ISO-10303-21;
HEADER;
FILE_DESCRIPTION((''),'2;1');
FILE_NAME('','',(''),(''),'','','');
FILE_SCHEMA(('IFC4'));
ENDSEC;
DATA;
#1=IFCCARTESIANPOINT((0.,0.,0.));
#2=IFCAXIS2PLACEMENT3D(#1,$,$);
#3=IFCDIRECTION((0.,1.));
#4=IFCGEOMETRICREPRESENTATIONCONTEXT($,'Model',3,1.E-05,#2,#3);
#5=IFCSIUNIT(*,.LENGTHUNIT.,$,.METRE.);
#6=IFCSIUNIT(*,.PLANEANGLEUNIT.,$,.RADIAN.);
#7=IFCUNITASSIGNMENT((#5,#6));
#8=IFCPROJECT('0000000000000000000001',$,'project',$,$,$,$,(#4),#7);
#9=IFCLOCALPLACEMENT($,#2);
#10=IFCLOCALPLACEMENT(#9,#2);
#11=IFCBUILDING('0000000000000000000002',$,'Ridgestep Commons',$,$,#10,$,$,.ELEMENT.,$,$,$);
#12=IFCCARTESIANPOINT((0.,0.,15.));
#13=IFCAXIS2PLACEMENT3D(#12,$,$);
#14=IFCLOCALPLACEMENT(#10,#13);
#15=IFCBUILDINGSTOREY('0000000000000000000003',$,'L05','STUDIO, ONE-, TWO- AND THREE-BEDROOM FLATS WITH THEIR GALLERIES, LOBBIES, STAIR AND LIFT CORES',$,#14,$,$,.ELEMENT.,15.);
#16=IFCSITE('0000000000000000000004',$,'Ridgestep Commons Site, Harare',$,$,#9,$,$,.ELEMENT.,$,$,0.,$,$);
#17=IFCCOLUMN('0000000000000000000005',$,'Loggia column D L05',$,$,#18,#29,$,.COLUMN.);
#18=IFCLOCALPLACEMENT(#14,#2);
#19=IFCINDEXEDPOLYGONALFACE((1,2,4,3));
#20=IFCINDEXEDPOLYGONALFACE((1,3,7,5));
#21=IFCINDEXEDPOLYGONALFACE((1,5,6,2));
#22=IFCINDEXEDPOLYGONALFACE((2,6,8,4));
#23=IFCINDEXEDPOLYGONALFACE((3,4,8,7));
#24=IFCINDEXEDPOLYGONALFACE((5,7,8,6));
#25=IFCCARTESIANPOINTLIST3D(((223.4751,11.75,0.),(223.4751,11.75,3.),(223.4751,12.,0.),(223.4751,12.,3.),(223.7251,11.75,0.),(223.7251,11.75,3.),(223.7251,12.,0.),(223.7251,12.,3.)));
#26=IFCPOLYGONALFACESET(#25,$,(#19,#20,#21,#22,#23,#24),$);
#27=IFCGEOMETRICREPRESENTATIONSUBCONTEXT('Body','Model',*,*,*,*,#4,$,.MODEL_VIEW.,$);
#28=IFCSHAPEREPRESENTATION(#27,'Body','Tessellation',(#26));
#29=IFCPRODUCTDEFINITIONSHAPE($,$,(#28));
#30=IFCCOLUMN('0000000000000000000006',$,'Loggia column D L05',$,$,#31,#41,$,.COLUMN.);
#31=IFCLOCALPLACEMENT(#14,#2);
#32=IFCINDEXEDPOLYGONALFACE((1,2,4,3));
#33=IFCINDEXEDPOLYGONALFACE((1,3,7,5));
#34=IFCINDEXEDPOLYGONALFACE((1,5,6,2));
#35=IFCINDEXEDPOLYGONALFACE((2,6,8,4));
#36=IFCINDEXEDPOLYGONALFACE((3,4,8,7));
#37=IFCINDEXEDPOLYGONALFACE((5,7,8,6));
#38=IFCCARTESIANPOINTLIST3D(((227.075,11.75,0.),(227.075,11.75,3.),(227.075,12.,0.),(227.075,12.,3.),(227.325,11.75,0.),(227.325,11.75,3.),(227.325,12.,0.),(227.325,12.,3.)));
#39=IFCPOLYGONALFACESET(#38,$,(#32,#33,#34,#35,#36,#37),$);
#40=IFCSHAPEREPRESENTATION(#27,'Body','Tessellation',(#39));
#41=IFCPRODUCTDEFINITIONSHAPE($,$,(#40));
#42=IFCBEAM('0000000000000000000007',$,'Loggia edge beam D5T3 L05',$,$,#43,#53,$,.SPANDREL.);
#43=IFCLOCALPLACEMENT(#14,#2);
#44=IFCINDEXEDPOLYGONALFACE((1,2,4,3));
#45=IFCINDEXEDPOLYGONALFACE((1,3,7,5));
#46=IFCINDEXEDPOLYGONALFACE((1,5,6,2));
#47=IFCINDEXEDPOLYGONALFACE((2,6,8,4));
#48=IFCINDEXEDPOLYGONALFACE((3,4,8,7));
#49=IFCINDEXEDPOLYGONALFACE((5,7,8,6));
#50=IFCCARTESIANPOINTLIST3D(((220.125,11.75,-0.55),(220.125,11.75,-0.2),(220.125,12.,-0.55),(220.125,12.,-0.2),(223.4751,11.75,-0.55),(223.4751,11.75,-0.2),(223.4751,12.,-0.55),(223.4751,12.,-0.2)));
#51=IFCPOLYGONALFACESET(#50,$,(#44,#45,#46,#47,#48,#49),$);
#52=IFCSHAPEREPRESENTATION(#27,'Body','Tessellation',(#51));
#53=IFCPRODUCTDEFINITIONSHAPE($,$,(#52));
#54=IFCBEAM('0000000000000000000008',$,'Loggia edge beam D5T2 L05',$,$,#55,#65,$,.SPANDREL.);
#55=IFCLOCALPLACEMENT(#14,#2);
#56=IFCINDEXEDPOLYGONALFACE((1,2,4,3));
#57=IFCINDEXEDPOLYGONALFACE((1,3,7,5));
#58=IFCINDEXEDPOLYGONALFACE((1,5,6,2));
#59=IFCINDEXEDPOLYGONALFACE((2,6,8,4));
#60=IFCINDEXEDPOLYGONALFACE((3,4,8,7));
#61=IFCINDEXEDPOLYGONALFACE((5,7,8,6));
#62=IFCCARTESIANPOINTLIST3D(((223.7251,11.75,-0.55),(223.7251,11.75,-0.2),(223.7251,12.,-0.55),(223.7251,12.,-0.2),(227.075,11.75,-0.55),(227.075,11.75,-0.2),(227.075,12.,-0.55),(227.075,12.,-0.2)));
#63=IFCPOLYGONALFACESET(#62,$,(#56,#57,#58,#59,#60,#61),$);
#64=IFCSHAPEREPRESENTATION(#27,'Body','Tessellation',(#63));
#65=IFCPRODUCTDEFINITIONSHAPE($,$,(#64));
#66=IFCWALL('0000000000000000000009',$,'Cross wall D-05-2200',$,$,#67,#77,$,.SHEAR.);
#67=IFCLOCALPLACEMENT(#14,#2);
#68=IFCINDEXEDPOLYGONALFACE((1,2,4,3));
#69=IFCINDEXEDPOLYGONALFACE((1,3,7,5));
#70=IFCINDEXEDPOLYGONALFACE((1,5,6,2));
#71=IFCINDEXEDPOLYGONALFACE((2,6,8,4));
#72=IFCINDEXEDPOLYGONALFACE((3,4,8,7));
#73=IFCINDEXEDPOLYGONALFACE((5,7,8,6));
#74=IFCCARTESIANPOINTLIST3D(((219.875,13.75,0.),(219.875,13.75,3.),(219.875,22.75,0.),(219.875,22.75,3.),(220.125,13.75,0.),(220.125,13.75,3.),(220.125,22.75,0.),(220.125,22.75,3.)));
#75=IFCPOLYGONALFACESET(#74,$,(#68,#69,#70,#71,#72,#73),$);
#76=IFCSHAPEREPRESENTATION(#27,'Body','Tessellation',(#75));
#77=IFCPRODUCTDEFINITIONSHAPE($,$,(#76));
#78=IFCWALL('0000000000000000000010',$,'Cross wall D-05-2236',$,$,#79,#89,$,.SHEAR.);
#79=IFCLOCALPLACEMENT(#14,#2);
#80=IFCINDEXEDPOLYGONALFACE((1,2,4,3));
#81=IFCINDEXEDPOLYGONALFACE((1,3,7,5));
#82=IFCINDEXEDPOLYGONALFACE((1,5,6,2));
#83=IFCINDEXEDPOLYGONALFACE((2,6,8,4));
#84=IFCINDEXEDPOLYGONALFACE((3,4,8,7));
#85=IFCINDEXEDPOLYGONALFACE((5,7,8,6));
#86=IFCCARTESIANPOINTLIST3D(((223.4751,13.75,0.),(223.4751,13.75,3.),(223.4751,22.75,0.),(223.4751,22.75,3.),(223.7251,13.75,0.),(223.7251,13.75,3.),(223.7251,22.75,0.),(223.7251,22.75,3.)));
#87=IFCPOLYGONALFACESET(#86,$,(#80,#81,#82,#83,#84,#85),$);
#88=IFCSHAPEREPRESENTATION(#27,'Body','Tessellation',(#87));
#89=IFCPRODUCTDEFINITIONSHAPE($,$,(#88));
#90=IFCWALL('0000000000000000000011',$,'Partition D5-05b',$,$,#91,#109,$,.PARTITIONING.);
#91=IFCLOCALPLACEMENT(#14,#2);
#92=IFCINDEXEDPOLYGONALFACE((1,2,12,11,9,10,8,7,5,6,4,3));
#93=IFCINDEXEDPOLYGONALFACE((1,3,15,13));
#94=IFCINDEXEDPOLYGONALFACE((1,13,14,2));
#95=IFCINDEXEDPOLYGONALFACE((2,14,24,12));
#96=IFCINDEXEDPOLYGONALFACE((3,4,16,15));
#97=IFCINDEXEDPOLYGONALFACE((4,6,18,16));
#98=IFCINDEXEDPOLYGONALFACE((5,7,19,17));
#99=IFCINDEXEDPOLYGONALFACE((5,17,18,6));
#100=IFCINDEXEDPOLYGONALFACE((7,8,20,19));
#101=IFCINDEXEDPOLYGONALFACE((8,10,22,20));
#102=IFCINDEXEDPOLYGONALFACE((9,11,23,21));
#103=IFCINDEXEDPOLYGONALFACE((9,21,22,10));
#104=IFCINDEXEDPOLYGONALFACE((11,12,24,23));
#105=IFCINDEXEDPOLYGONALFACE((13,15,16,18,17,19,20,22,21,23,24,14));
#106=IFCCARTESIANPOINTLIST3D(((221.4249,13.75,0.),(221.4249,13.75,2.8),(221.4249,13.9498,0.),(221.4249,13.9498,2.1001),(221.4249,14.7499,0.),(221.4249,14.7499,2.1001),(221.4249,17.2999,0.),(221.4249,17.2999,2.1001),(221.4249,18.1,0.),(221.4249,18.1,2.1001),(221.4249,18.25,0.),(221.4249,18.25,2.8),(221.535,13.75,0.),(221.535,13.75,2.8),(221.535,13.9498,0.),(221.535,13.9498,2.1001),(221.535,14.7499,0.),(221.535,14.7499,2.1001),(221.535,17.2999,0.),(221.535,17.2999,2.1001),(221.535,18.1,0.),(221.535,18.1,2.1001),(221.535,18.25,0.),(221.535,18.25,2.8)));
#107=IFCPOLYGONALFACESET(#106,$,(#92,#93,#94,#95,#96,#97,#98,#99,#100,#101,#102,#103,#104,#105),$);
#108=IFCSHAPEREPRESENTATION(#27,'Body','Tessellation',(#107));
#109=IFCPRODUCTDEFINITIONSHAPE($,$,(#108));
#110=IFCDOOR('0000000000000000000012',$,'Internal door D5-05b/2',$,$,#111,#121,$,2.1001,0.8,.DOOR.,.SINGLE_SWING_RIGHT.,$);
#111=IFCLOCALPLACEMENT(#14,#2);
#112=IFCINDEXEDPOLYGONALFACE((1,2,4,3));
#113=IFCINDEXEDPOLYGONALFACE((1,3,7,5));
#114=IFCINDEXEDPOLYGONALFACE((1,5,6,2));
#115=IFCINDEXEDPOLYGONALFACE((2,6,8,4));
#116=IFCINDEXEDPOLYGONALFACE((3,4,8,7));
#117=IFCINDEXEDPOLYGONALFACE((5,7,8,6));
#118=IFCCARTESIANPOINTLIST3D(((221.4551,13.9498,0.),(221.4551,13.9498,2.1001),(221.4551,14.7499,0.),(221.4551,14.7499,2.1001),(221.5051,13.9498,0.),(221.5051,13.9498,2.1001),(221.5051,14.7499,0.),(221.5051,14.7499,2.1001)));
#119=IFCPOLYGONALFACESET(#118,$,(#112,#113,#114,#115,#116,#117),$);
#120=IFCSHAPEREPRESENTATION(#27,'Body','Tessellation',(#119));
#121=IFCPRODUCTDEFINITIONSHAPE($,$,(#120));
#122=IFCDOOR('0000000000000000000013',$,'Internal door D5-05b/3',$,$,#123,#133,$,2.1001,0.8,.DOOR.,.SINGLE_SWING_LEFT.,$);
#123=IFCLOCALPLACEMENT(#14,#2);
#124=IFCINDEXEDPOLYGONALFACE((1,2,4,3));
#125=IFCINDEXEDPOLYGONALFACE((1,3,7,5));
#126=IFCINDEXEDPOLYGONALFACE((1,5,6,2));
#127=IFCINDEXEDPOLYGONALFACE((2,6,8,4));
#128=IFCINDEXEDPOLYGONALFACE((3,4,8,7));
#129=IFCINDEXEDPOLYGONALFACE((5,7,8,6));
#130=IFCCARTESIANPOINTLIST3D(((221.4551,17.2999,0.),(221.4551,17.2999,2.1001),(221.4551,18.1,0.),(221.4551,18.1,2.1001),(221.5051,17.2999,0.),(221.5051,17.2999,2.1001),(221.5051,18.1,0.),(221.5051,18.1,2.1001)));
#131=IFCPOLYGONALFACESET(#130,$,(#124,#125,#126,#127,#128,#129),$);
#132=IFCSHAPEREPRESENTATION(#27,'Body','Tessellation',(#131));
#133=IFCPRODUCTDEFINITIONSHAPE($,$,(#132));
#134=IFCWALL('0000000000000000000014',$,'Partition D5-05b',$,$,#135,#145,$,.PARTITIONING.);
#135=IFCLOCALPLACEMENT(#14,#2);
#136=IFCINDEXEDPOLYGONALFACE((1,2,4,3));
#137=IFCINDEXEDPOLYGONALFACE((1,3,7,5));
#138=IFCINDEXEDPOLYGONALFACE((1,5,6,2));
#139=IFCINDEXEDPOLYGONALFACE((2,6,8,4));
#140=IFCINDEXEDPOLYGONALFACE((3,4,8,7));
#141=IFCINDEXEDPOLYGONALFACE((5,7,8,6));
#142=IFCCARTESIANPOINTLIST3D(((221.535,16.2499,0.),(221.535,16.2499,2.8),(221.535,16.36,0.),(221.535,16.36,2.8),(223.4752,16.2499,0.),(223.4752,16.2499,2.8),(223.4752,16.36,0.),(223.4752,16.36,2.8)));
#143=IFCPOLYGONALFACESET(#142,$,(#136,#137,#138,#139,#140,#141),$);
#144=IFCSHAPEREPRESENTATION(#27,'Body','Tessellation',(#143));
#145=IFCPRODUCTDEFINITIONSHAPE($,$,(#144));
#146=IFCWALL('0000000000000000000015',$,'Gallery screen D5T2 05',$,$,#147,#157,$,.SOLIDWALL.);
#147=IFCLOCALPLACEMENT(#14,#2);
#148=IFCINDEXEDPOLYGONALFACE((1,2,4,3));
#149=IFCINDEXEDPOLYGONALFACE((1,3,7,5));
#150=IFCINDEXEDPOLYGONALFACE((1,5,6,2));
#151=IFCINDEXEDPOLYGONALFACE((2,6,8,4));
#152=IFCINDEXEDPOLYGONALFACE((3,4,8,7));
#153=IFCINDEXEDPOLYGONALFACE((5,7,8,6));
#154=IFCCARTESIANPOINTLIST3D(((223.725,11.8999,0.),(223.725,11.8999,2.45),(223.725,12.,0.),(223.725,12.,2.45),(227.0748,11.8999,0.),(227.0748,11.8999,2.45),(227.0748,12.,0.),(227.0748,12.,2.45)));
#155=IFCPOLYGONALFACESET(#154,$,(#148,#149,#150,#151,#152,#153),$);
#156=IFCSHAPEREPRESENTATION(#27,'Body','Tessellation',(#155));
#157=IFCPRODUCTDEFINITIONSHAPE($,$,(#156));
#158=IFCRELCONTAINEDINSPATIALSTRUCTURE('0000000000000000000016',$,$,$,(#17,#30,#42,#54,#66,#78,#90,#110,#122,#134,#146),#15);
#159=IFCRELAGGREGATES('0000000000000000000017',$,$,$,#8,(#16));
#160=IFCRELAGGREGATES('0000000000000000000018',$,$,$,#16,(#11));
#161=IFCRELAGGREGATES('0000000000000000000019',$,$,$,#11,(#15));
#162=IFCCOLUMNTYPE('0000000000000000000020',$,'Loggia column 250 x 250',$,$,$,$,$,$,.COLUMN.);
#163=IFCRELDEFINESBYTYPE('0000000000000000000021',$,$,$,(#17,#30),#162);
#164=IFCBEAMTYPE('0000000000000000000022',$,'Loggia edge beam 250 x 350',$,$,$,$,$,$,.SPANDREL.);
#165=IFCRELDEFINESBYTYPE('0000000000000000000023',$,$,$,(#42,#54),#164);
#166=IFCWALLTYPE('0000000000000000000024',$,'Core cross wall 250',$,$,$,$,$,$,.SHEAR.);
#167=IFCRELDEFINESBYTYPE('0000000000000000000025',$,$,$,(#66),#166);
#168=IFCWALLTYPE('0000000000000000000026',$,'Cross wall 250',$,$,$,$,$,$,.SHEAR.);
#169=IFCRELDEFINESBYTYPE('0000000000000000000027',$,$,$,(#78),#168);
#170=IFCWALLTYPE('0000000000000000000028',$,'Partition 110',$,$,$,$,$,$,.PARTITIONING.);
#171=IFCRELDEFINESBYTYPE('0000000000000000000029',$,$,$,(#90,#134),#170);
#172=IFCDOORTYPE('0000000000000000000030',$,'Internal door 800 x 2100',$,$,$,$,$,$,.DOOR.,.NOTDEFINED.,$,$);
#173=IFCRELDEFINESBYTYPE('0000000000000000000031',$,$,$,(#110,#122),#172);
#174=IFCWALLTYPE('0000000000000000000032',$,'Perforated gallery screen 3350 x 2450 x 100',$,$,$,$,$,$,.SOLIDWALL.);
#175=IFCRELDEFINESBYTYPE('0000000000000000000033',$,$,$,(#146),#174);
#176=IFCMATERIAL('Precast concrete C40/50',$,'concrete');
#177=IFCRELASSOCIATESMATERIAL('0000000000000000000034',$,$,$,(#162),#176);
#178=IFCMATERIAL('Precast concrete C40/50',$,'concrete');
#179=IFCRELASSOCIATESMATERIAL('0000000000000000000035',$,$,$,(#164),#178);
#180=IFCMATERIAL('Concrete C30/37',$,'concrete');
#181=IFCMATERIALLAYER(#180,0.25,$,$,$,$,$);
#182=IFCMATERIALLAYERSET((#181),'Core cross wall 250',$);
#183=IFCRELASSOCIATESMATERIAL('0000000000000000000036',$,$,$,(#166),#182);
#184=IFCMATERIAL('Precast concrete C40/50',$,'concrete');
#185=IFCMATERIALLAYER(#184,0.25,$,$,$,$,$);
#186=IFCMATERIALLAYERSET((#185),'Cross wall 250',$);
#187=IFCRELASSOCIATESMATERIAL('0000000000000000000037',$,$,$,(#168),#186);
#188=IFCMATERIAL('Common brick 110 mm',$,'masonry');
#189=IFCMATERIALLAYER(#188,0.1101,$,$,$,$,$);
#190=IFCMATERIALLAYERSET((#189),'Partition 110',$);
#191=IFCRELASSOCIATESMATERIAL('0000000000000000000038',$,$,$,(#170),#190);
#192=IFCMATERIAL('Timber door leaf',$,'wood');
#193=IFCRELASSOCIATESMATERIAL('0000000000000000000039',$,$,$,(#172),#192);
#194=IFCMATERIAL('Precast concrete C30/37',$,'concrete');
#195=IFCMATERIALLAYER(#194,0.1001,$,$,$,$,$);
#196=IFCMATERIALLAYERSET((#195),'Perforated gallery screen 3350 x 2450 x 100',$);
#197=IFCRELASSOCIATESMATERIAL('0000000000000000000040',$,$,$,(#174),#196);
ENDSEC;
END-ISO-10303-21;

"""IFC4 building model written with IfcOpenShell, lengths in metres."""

from ifc_helpers import new_model, si_unit, direction, frame, frame_2d, origin, origin_2d, place, context, subcontext, project, spatial, rectangle, extrude, material, layer, layer_set, material_profile, profile_set, type_object, element, fill, save


model = new_model("IFC4")

# Units and contexts
model_context = context("Model", 3, precision=1e-05, world=origin(), true_north=direction((0.0, 1.0)))
body_context = subcontext(model_context, "Body", "Model", "MODEL_VIEW")
ifc_project = project(units=[si_unit("LENGTHUNIT", "METRE"), si_unit("PLANEANGLEUNIT", "RADIAN")], contexts=[model_context])

# Site, building, storey
site_placement = place(None, origin())
site = spatial("IfcSite", under=ifc_project, at=site_placement, Name="Ridgestep Commons Site, Harare", CompositionType="ELEMENT", RefElevation=0.0)
building_placement = place(site_placement, origin())
building = spatial("IfcBuilding", under=site, at=building_placement, Name="Ridgestep Commons", CompositionType="ELEMENT")
storey_placement = place(building_placement, frame((0.0, 0.0, 15.0)))
storey = spatial("IfcBuildingStorey", under=building, at=storey_placement, Name="L05", Description="STUDIO, ONE-, TWO- AND THREE-BEDROOM FLATS WITH THEIR GALLERIES, LOBBIES, STAIR AND LIFT CORES", CompositionType="ELEMENT", Elevation=15.0)

# Columns
ifc_material_1 = material(Name="Precast concrete C40/50", Category="concrete")
ifc_material_profile_1 = material_profile(ifc_material_1, rectangle(XDim=0.25, YDim=0.25, at=origin_2d()), Name="PC 250x250")
ifc_profile_set_1 = profile_set([ifc_material_profile_1], Name="Precast concrete C40/50")
column_type = type_object("IfcColumnType", Name="Loggia column 250 x 250", PredefinedType="COLUMN", material=ifc_profile_set_1)
for number, where, z_axis, x_axis, name in (
    (1, (223.6001, 11.875, 0.0), (0.0, 0.0, 1.0), (1.0, 0.0, 0.0), "Loggia column D L05"),
    (2, (227.2, 11.875, 0.0), (0.0, 0.0, 1.0), (1.0, 0.0, 0.0), "Loggia column D L05"),
):
    element("IfcColumn", number, at=place(storey_placement, frame(where, z_axis=z_axis, x_axis=x_axis)), inside=storey, type_object=column_type, Name=name, PredefinedType="COLUMN", context=body_context, shape_type="SweptSolid", body=[
        extrude(rectangle(XDim=0.25, YDim=0.25, at=origin_2d()), origin(), (0.0, 0.0, 1.0), 3.0),
    ])

# Beams
ifc_material_2 = material(Name="Precast concrete C40/50", Category="concrete")
ifc_material_profile_2 = material_profile(ifc_material_2, rectangle(XDim=0.25, YDim=0.3501, at=origin_2d()), Name="PC 250x350")
ifc_profile_set_2 = profile_set([ifc_material_profile_2], Name="Precast concrete C40/50")
beam_type = type_object("IfcBeamType", Name="Loggia edge beam 250 x 350", PredefinedType="SPANDREL", material=ifc_profile_set_2)
beam_1_placement = place(storey_placement, frame((220.125, 11.875, -0.375), z_axis=(1.0, 0.0, 0.0), x_axis=(0.0, 1.0, 0.0)))
element("IfcBeam", 3, at=beam_1_placement, inside=storey, type_object=beam_type, Name="Loggia edge beam D5T3 L05", PredefinedType="SPANDREL", context=body_context, shape_type="SweptSolid", body=[
    extrude(rectangle(XDim=0.25, YDim=0.3501, at=origin_2d()), origin(), (0.0, 0.0, 1.0), 3.3501),
])
beam_2_placement = place(storey_placement, frame((223.7251, 11.875, -0.375), z_axis=(1.0, 0.0, 0.0), x_axis=(0.0, 1.0, 0.0)))
element("IfcBeam", 4, at=beam_2_placement, inside=storey, type_object=beam_type, Name="Loggia edge beam D5T2 L05", PredefinedType="SPANDREL", context=body_context, shape_type="SweptSolid", body=[
    extrude(rectangle(XDim=0.25, YDim=0.3501, at=origin_2d()), origin(), (0.0, 0.0, 1.0), 3.3499),
])

# Walls
ifc_material_3 = material(Name="Concrete C30/37", Category="concrete")
ifc_layer_1 = layer(ifc_material_3, 0.25)
ifc_layer_set_1 = layer_set([ifc_layer_1], Name="Core cross wall 250")
wall_type_1 = type_object("IfcWallType", Name="Core cross wall 250", PredefinedType="SHEAR", material=ifc_layer_set_1)
wall_1_placement = place(storey_placement, frame((220.0, 13.75, 0.0), z_axis=(0.0, 0.0, 1.0), x_axis=(0.0, 1.0, 0.0)))
element("IfcWall", 5, at=wall_1_placement, inside=storey, type_object=wall_type_1, Name="Cross wall D-05-2200", PredefinedType="SHEAR", context=body_context, shape_type="SweptSolid", body=[
    extrude(rectangle(XDim=9.0, YDim=0.25, at=frame_2d((4.5, 0.0))), origin(), (0.0, 0.0, 1.0), 3.0),
])
ifc_material_4 = material(Name="Precast concrete C40/50", Category="concrete")
ifc_layer_2 = layer(ifc_material_4, 0.25)
ifc_layer_set_2 = layer_set([ifc_layer_2], Name="Cross wall 250")
wall_type_2 = type_object("IfcWallType", Name="Cross wall 250", PredefinedType="SHEAR", material=ifc_layer_set_2)
wall_2_placement = place(storey_placement, frame((223.6001, 13.75, 0.0), z_axis=(0.0, 0.0, 1.0), x_axis=(0.0, 1.0, 0.0)))
element("IfcWall", 6, at=wall_2_placement, inside=storey, type_object=wall_type_2, Name="Cross wall D-05-2236", PredefinedType="SHEAR", context=body_context, shape_type="SweptSolid", body=[
    extrude(rectangle(XDim=9.0, YDim=0.25, at=frame_2d((4.5, 0.0))), origin(), (0.0, 0.0, 1.0), 3.0),
])

# Wall, openings, doors
ifc_material_5 = material(Name="Common brick 110 mm", Category="masonry")
ifc_layer_3 = layer(ifc_material_5, 0.1101)
ifc_layer_set_3 = layer_set([ifc_layer_3], Name="Partition 110")
wall_type_3 = type_object("IfcWallType", Name="Partition 110", PredefinedType="PARTITIONING", material=ifc_layer_set_3)
wall_3_placement = place(storey_placement, frame((221.48, 13.75, 0.0), z_axis=(0.0, 0.0, 1.0), x_axis=(0.0, 1.0, 0.0)))
wall_3 = element("IfcWall", 7, at=wall_3_placement, inside=storey, type_object=wall_type_3, Name="Partition D5-05b", PredefinedType="PARTITIONING", context=body_context, shape_type="SweptSolid", body=[
    extrude(rectangle(XDim=4.5, YDim=0.1101, at=frame_2d((2.25, 0.0))), origin(), (0.0, 0.0, 1.0), 2.8),
])
opening_1_placement = place(wall_3_placement, frame((0.2, 0.0, 0.0)))
opening_1 = element("IfcOpeningElement", 8, at=opening_1_placement, cuts=wall_3, PredefinedType="OPENING", context=body_context, shape_type="SweptSolid", body=[
    extrude(rectangle(XDim=0.8, YDim=2.1001, at=frame_2d((0.3999, 1.05))), frame((0.0, 0.0649, 0.0), z_axis=(0.0, -1.0, 0.0), x_axis=(1.0, 0.0, 0.0)), (0.0, 0.0, 1.0), 0.1301),
])
opening_2_placement = place(wall_3_placement, frame((3.55, 0.0, 0.0)))
opening_2 = element("IfcOpeningElement", 9, at=opening_2_placement, cuts=wall_3, PredefinedType="OPENING", context=body_context, shape_type="SweptSolid", body=[
    extrude(rectangle(XDim=0.8, YDim=2.1001, at=frame_2d((0.3999, 1.05))), frame((0.0, 0.0649, 0.0), z_axis=(0.0, -1.0, 0.0), x_axis=(1.0, 0.0, 0.0)), (0.0, 0.0, 1.0), 0.1301),
])
ifc_material_6 = material(Name="Timber door leaf", Category="wood")
door_type_1 = type_object("IfcDoorType", Name="Internal door 800 x 2100", OperationType="NOTDEFINED", PredefinedType="DOOR", material=ifc_material_6)
door_1_placement = place(opening_1_placement, origin())
door_1 = element("IfcDoor", 10, at=door_1_placement, inside=storey, type_object=door_type_1, Name="Internal door D5-05b/2", OperationType="SINGLE_SWING_RIGHT", OverallHeight=2.1001, OverallWidth=0.8, PredefinedType="DOOR", context=body_context, shape_type="SweptSolid", body=[
    extrude(rectangle(XDim=0.8, YDim=2.1001, at=frame_2d((0.3999, 1.05))), frame((0.0, 0.0249, 0.0), z_axis=(0.0, -1.0, 0.0), x_axis=(1.0, 0.0, 0.0)), (0.0, 0.0, 1.0), 0.05),
])
fill(opening_1, door_1)
door_2_placement = place(opening_2_placement, origin())
door_2 = element("IfcDoor", 11, at=door_2_placement, inside=storey, type_object=door_type_1, Name="Internal door D5-05b/3", OperationType="SINGLE_SWING_LEFT", OverallHeight=2.1001, OverallWidth=0.8, PredefinedType="DOOR", context=body_context, shape_type="SweptSolid", body=[
    extrude(rectangle(XDim=0.8, YDim=2.1001, at=frame_2d((0.3999, 1.05))), frame((0.0, 0.0249, 0.0), z_axis=(0.0, -1.0, 0.0), x_axis=(1.0, 0.0, 0.0)), (0.0, 0.0, 1.0), 0.05),
])
fill(opening_2, door_2)

# Walls
wall_4_placement = place(storey_placement, frame((221.5349, 16.3049, 0.0), z_axis=(0.0, 0.0, 1.0), x_axis=(1.0, 0.0, 0.0)))
element("IfcWall", 12, at=wall_4_placement, inside=storey, type_object=wall_type_3, Name="Partition D5-05b", PredefinedType="PARTITIONING", context=body_context, shape_type="SweptSolid", body=[
    extrude(rectangle(XDim=1.9402, YDim=0.1101, at=frame_2d((0.9702, 0.0))), origin(), (0.0, 0.0, 1.0), 2.8),
])
ifc_material_7 = material(Name="Precast concrete C30/37", Category="concrete")
ifc_layer_4 = layer(ifc_material_7, 0.1001)
ifc_layer_set_4 = layer_set([ifc_layer_4], Name="Perforated gallery screen 3350 x 2450 x 100")
wall_type_4 = type_object("IfcWallType", Name="Perforated gallery screen 3350 x 2450 x 100", PredefinedType="SOLIDWALL", material=ifc_layer_set_4)
wall_5_placement = place(storey_placement, frame((223.7251, 11.95, 0.0), z_axis=(0.0, 0.0, 1.0), x_axis=(1.0, 0.0, 0.0)))
element("IfcWall", 13, at=wall_5_placement, inside=storey, type_object=wall_type_4, Name="Gallery screen D5T2 05", PredefinedType="SOLIDWALL", context=body_context, shape_type="SweptSolid", body=[
    extrude(rectangle(XDim=3.3499, YDim=0.1001, at=frame_2d((1.6748, 0.0))), origin(), (0.0, 0.0, 1.0), 2.45),
])

save(model, "model.ifc")
